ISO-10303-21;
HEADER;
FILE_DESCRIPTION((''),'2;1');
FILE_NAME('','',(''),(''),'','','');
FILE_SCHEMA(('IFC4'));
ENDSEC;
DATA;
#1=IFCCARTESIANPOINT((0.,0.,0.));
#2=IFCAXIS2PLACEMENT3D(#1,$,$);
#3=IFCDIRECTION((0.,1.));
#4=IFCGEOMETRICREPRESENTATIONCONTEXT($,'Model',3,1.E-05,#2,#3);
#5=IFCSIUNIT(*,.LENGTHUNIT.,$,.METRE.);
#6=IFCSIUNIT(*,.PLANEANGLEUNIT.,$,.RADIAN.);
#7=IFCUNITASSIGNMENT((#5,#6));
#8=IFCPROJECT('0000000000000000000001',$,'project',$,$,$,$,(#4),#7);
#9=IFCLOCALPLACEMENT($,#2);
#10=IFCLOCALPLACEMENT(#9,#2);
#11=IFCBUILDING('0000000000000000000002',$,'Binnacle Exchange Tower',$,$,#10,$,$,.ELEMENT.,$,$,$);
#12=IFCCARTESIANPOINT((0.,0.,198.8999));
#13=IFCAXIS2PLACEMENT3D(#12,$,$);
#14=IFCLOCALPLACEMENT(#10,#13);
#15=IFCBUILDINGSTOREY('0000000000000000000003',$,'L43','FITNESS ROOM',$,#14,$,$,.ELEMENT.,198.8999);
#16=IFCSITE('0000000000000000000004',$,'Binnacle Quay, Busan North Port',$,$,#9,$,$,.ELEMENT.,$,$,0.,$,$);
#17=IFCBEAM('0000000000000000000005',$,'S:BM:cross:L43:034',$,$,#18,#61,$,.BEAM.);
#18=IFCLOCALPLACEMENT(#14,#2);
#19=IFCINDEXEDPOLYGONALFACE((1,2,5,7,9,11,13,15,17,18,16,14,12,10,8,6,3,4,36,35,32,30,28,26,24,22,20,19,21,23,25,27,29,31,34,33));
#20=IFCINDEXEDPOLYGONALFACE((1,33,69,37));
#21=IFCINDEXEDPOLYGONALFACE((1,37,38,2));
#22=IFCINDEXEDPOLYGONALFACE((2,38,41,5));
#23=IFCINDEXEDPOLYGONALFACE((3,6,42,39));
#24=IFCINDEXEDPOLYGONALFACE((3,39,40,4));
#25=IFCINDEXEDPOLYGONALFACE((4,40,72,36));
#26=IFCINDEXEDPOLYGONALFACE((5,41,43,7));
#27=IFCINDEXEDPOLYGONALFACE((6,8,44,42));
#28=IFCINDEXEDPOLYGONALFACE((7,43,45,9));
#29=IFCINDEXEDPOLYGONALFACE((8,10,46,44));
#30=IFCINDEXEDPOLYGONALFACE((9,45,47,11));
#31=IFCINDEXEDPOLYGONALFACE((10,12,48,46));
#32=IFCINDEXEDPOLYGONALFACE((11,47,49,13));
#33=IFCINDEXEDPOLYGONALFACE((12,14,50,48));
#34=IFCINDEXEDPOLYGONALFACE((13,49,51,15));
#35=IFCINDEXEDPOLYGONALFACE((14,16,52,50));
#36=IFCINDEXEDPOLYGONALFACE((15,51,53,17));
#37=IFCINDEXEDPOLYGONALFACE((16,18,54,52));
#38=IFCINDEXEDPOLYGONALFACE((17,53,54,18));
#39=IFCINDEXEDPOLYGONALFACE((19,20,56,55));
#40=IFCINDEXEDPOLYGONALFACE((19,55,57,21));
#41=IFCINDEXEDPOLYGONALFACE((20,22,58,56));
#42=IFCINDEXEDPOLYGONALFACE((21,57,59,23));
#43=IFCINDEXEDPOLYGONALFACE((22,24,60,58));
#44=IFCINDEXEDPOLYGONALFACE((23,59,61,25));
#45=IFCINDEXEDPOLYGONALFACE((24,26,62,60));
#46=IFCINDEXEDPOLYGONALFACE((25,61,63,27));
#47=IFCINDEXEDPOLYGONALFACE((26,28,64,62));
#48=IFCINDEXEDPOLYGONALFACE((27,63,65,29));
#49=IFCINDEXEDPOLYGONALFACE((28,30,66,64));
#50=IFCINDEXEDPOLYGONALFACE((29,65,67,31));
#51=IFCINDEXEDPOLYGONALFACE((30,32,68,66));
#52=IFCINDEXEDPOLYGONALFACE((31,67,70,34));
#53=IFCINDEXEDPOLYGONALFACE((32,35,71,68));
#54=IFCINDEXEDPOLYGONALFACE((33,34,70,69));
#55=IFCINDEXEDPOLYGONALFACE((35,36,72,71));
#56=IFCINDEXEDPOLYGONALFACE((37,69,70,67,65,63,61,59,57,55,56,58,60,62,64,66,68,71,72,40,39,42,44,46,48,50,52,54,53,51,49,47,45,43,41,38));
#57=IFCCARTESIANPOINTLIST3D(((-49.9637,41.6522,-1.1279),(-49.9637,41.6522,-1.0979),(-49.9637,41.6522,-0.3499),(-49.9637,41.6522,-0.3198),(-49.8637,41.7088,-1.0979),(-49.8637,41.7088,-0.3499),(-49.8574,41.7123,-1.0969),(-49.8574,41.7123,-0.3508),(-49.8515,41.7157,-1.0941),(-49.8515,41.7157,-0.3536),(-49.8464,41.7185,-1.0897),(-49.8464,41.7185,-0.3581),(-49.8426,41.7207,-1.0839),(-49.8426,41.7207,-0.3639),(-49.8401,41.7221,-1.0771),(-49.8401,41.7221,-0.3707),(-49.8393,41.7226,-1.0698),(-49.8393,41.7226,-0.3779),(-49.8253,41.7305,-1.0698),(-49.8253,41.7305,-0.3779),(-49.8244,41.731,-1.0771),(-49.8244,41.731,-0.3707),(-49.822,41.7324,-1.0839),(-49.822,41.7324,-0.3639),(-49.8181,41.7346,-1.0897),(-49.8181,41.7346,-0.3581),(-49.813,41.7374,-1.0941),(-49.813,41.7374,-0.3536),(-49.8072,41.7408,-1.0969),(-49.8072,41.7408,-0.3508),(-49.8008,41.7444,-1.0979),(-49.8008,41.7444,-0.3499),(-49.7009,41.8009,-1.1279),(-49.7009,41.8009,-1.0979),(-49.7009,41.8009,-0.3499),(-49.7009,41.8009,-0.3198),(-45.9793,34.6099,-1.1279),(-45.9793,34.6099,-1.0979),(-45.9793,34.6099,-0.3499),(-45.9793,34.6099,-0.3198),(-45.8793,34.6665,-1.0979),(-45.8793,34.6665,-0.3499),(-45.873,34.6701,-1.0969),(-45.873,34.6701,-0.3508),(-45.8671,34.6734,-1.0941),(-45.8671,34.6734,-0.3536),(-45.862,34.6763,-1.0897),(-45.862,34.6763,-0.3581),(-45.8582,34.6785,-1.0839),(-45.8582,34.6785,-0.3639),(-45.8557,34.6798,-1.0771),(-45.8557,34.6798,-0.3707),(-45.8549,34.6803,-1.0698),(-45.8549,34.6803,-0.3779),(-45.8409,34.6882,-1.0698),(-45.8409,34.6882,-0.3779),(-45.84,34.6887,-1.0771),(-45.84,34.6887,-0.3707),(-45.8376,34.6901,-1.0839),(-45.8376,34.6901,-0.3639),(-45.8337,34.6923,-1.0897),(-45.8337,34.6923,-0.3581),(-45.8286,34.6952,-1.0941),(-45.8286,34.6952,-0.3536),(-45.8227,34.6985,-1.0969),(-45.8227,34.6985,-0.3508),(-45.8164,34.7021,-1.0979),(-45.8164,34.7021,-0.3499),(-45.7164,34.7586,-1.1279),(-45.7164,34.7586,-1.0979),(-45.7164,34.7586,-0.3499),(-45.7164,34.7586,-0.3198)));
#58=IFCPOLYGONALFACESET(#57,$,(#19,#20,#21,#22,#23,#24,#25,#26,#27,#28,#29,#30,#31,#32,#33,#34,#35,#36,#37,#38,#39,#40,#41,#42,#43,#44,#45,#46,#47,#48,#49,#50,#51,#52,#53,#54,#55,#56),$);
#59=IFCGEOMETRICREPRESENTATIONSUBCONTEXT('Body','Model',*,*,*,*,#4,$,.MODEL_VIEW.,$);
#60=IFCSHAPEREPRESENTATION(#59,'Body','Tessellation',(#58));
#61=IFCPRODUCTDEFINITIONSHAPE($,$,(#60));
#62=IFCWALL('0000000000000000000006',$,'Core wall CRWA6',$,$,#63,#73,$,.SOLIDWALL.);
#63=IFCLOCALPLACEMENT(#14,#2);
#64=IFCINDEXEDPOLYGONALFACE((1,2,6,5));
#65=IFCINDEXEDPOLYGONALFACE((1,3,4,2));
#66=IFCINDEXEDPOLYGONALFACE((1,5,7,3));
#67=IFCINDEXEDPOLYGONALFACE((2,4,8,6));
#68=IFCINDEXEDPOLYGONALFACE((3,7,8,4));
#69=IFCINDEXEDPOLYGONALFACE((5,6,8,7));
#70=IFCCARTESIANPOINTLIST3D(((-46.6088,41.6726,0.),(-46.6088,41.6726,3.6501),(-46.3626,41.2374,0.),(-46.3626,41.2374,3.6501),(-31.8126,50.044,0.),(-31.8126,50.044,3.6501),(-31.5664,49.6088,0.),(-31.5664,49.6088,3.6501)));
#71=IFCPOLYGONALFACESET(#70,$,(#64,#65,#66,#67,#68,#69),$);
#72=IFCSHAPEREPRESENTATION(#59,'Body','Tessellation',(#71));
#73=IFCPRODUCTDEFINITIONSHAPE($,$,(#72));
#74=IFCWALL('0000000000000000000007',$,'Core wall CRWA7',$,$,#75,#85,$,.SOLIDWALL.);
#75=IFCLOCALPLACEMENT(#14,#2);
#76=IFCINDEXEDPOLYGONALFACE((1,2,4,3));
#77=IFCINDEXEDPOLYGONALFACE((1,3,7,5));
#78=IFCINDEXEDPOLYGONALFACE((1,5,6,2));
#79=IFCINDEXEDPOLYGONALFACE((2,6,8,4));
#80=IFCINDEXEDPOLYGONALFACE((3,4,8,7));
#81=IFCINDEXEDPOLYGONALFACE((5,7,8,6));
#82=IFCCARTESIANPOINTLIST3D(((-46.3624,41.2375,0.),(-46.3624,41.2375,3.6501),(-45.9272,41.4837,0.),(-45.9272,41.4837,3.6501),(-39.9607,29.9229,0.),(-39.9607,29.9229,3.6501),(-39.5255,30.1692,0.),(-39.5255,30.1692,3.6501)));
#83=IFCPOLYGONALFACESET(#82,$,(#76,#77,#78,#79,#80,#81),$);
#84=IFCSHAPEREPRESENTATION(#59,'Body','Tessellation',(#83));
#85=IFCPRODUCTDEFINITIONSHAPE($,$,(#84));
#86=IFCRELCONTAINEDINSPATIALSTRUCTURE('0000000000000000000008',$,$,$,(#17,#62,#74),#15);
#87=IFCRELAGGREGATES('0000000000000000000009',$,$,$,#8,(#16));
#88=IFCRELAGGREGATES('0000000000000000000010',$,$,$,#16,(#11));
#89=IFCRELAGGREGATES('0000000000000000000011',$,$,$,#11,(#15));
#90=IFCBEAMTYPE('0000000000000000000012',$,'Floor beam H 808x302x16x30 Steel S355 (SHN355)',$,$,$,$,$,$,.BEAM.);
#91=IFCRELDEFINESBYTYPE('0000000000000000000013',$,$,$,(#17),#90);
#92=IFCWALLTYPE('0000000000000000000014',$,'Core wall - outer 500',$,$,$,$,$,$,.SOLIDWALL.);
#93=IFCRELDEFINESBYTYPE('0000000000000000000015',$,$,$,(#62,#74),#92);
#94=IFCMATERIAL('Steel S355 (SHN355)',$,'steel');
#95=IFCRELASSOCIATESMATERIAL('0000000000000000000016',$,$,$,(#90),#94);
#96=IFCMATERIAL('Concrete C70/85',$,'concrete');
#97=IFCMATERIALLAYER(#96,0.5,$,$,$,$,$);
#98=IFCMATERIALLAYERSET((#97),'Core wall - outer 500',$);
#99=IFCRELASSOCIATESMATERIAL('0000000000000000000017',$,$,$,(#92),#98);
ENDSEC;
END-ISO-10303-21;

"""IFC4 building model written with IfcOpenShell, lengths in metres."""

from ifc_helpers import new_model, si_unit, direction, frame, frame_2d, origin, origin_2d, place, context, subcontext, project, spatial, rectangle, i_section, extrude, material, layer, layer_set, material_profile, profile_set, type_object, element, save


model = new_model("IFC4")

# Units and contexts
model_context = context("Model", 3, precision=1e-05, world=origin(), true_north=direction((0.0, 1.0)))
body_context = subcontext(model_context, "Body", "Model", "MODEL_VIEW")
ifc_project = project(units=[si_unit("LENGTHUNIT", "METRE"), si_unit("PLANEANGLEUNIT", "RADIAN")], contexts=[model_context])

# Site, building, storey
site_placement = place(None, origin())
site = spatial("IfcSite", under=ifc_project, at=site_placement, Name="Binnacle Quay, Busan North Port", CompositionType="ELEMENT", RefElevation=0.0)
building_placement = place(site_placement, origin())
building = spatial("IfcBuilding", under=site, at=building_placement, Name="Binnacle Exchange Tower", CompositionType="ELEMENT")
storey_placement = place(building_placement, frame((0.0, 0.0, 198.8999)))
storey = spatial("IfcBuildingStorey", under=building, at=storey_placement, Name="L43", Description="FITNESS ROOM", CompositionType="ELEMENT", Elevation=198.8999)

# Shared definitions
ifc_material_1 = material(Name="Concrete C70/85", Category="concrete")

# Beam
ifc_material_2 = material(Name="Steel S355 (SHN355)", Category="steel")
ifc_material_profile_1 = material_profile(ifc_material_2, i_section(OverallWidth=0.302, OverallDepth=0.8081, WebThickness=0.0161, FlangeThickness=0.03, FilletRadius=0.0281, at=origin_2d()), Name="H 808x302x16x30")
ifc_profile_set_1 = profile_set([ifc_material_profile_1], Name="Steel S355 (SHN355)")
beam_type_1 = type_object("IfcBeamType", Name="Floor beam H 808x302x16x30 Steel S355 (SHN355)", PredefinedType="BEAM", material=ifc_profile_set_1)
beam_1_placement = place(storey_placement, frame((-49.8323, 41.7266, -0.7239), z_axis=(0.49243, -0.870352, 0.0), x_axis=(0.870352, 0.49243, 0.0)))
element("IfcBeam", 1, at=beam_1_placement, inside=storey, type_object=beam_type_1, Name="S:BM:cross:L43:034", PredefinedType="BEAM", context=body_context, shape_type="SweptSolid", body=[
    extrude(i_section(OverallWidth=0.302, OverallDepth=0.8081, WebThickness=0.0161, FlangeThickness=0.03, FilletRadius=0.0281, at=origin_2d()), origin(), (0.0, 0.0, 1.0), 8.0913),
])

# Walls
ifc_layer_1 = layer(ifc_material_1, 0.5)
ifc_layer_set_1 = layer_set([ifc_layer_1], Name="Core wall - outer 500")
wall_type_1 = type_object("IfcWallType", Name="Core wall - outer 500", PredefinedType="SOLIDWALL", material=ifc_layer_set_1)
wall_1_placement = place(storey_placement, frame((-46.4856, 41.4551, 0.0), z_axis=(0.0, 0.0, 1.0), x_axis=(0.870354, 0.492427, 0.0)))
element("IfcWall", 2, at=wall_1_placement, inside=storey, type_object=wall_type_1, Name="Core wall CRWA6", PredefinedType="SOLIDWALL", context=body_context, shape_type="SweptSolid", body=[
    extrude(rectangle(XDim=17.0002, YDim=0.5, at=frame_2d((8.5, 0.0))), origin(), (0.0, 0.0, 1.0), 3.6501),
])
wall_2_placement = place(storey_placement, frame((-46.1448, 41.3606, 0.0), z_axis=(0.0, 0.0, 1.0), x_axis=(0.492435, -0.870349, 0.0)))
element("IfcWall", 3, at=wall_2_placement, inside=storey, type_object=wall_type_1, Name="Core wall CRWA7", PredefinedType="SOLIDWALL", context=body_context, shape_type="SweptSolid", body=[
    extrude(rectangle(XDim=13.0, YDim=0.5, at=frame_2d((6.5, 0.0))), origin(), (0.0, 0.0, 1.0), 3.6501),
])

save(model, "model.ifc")
